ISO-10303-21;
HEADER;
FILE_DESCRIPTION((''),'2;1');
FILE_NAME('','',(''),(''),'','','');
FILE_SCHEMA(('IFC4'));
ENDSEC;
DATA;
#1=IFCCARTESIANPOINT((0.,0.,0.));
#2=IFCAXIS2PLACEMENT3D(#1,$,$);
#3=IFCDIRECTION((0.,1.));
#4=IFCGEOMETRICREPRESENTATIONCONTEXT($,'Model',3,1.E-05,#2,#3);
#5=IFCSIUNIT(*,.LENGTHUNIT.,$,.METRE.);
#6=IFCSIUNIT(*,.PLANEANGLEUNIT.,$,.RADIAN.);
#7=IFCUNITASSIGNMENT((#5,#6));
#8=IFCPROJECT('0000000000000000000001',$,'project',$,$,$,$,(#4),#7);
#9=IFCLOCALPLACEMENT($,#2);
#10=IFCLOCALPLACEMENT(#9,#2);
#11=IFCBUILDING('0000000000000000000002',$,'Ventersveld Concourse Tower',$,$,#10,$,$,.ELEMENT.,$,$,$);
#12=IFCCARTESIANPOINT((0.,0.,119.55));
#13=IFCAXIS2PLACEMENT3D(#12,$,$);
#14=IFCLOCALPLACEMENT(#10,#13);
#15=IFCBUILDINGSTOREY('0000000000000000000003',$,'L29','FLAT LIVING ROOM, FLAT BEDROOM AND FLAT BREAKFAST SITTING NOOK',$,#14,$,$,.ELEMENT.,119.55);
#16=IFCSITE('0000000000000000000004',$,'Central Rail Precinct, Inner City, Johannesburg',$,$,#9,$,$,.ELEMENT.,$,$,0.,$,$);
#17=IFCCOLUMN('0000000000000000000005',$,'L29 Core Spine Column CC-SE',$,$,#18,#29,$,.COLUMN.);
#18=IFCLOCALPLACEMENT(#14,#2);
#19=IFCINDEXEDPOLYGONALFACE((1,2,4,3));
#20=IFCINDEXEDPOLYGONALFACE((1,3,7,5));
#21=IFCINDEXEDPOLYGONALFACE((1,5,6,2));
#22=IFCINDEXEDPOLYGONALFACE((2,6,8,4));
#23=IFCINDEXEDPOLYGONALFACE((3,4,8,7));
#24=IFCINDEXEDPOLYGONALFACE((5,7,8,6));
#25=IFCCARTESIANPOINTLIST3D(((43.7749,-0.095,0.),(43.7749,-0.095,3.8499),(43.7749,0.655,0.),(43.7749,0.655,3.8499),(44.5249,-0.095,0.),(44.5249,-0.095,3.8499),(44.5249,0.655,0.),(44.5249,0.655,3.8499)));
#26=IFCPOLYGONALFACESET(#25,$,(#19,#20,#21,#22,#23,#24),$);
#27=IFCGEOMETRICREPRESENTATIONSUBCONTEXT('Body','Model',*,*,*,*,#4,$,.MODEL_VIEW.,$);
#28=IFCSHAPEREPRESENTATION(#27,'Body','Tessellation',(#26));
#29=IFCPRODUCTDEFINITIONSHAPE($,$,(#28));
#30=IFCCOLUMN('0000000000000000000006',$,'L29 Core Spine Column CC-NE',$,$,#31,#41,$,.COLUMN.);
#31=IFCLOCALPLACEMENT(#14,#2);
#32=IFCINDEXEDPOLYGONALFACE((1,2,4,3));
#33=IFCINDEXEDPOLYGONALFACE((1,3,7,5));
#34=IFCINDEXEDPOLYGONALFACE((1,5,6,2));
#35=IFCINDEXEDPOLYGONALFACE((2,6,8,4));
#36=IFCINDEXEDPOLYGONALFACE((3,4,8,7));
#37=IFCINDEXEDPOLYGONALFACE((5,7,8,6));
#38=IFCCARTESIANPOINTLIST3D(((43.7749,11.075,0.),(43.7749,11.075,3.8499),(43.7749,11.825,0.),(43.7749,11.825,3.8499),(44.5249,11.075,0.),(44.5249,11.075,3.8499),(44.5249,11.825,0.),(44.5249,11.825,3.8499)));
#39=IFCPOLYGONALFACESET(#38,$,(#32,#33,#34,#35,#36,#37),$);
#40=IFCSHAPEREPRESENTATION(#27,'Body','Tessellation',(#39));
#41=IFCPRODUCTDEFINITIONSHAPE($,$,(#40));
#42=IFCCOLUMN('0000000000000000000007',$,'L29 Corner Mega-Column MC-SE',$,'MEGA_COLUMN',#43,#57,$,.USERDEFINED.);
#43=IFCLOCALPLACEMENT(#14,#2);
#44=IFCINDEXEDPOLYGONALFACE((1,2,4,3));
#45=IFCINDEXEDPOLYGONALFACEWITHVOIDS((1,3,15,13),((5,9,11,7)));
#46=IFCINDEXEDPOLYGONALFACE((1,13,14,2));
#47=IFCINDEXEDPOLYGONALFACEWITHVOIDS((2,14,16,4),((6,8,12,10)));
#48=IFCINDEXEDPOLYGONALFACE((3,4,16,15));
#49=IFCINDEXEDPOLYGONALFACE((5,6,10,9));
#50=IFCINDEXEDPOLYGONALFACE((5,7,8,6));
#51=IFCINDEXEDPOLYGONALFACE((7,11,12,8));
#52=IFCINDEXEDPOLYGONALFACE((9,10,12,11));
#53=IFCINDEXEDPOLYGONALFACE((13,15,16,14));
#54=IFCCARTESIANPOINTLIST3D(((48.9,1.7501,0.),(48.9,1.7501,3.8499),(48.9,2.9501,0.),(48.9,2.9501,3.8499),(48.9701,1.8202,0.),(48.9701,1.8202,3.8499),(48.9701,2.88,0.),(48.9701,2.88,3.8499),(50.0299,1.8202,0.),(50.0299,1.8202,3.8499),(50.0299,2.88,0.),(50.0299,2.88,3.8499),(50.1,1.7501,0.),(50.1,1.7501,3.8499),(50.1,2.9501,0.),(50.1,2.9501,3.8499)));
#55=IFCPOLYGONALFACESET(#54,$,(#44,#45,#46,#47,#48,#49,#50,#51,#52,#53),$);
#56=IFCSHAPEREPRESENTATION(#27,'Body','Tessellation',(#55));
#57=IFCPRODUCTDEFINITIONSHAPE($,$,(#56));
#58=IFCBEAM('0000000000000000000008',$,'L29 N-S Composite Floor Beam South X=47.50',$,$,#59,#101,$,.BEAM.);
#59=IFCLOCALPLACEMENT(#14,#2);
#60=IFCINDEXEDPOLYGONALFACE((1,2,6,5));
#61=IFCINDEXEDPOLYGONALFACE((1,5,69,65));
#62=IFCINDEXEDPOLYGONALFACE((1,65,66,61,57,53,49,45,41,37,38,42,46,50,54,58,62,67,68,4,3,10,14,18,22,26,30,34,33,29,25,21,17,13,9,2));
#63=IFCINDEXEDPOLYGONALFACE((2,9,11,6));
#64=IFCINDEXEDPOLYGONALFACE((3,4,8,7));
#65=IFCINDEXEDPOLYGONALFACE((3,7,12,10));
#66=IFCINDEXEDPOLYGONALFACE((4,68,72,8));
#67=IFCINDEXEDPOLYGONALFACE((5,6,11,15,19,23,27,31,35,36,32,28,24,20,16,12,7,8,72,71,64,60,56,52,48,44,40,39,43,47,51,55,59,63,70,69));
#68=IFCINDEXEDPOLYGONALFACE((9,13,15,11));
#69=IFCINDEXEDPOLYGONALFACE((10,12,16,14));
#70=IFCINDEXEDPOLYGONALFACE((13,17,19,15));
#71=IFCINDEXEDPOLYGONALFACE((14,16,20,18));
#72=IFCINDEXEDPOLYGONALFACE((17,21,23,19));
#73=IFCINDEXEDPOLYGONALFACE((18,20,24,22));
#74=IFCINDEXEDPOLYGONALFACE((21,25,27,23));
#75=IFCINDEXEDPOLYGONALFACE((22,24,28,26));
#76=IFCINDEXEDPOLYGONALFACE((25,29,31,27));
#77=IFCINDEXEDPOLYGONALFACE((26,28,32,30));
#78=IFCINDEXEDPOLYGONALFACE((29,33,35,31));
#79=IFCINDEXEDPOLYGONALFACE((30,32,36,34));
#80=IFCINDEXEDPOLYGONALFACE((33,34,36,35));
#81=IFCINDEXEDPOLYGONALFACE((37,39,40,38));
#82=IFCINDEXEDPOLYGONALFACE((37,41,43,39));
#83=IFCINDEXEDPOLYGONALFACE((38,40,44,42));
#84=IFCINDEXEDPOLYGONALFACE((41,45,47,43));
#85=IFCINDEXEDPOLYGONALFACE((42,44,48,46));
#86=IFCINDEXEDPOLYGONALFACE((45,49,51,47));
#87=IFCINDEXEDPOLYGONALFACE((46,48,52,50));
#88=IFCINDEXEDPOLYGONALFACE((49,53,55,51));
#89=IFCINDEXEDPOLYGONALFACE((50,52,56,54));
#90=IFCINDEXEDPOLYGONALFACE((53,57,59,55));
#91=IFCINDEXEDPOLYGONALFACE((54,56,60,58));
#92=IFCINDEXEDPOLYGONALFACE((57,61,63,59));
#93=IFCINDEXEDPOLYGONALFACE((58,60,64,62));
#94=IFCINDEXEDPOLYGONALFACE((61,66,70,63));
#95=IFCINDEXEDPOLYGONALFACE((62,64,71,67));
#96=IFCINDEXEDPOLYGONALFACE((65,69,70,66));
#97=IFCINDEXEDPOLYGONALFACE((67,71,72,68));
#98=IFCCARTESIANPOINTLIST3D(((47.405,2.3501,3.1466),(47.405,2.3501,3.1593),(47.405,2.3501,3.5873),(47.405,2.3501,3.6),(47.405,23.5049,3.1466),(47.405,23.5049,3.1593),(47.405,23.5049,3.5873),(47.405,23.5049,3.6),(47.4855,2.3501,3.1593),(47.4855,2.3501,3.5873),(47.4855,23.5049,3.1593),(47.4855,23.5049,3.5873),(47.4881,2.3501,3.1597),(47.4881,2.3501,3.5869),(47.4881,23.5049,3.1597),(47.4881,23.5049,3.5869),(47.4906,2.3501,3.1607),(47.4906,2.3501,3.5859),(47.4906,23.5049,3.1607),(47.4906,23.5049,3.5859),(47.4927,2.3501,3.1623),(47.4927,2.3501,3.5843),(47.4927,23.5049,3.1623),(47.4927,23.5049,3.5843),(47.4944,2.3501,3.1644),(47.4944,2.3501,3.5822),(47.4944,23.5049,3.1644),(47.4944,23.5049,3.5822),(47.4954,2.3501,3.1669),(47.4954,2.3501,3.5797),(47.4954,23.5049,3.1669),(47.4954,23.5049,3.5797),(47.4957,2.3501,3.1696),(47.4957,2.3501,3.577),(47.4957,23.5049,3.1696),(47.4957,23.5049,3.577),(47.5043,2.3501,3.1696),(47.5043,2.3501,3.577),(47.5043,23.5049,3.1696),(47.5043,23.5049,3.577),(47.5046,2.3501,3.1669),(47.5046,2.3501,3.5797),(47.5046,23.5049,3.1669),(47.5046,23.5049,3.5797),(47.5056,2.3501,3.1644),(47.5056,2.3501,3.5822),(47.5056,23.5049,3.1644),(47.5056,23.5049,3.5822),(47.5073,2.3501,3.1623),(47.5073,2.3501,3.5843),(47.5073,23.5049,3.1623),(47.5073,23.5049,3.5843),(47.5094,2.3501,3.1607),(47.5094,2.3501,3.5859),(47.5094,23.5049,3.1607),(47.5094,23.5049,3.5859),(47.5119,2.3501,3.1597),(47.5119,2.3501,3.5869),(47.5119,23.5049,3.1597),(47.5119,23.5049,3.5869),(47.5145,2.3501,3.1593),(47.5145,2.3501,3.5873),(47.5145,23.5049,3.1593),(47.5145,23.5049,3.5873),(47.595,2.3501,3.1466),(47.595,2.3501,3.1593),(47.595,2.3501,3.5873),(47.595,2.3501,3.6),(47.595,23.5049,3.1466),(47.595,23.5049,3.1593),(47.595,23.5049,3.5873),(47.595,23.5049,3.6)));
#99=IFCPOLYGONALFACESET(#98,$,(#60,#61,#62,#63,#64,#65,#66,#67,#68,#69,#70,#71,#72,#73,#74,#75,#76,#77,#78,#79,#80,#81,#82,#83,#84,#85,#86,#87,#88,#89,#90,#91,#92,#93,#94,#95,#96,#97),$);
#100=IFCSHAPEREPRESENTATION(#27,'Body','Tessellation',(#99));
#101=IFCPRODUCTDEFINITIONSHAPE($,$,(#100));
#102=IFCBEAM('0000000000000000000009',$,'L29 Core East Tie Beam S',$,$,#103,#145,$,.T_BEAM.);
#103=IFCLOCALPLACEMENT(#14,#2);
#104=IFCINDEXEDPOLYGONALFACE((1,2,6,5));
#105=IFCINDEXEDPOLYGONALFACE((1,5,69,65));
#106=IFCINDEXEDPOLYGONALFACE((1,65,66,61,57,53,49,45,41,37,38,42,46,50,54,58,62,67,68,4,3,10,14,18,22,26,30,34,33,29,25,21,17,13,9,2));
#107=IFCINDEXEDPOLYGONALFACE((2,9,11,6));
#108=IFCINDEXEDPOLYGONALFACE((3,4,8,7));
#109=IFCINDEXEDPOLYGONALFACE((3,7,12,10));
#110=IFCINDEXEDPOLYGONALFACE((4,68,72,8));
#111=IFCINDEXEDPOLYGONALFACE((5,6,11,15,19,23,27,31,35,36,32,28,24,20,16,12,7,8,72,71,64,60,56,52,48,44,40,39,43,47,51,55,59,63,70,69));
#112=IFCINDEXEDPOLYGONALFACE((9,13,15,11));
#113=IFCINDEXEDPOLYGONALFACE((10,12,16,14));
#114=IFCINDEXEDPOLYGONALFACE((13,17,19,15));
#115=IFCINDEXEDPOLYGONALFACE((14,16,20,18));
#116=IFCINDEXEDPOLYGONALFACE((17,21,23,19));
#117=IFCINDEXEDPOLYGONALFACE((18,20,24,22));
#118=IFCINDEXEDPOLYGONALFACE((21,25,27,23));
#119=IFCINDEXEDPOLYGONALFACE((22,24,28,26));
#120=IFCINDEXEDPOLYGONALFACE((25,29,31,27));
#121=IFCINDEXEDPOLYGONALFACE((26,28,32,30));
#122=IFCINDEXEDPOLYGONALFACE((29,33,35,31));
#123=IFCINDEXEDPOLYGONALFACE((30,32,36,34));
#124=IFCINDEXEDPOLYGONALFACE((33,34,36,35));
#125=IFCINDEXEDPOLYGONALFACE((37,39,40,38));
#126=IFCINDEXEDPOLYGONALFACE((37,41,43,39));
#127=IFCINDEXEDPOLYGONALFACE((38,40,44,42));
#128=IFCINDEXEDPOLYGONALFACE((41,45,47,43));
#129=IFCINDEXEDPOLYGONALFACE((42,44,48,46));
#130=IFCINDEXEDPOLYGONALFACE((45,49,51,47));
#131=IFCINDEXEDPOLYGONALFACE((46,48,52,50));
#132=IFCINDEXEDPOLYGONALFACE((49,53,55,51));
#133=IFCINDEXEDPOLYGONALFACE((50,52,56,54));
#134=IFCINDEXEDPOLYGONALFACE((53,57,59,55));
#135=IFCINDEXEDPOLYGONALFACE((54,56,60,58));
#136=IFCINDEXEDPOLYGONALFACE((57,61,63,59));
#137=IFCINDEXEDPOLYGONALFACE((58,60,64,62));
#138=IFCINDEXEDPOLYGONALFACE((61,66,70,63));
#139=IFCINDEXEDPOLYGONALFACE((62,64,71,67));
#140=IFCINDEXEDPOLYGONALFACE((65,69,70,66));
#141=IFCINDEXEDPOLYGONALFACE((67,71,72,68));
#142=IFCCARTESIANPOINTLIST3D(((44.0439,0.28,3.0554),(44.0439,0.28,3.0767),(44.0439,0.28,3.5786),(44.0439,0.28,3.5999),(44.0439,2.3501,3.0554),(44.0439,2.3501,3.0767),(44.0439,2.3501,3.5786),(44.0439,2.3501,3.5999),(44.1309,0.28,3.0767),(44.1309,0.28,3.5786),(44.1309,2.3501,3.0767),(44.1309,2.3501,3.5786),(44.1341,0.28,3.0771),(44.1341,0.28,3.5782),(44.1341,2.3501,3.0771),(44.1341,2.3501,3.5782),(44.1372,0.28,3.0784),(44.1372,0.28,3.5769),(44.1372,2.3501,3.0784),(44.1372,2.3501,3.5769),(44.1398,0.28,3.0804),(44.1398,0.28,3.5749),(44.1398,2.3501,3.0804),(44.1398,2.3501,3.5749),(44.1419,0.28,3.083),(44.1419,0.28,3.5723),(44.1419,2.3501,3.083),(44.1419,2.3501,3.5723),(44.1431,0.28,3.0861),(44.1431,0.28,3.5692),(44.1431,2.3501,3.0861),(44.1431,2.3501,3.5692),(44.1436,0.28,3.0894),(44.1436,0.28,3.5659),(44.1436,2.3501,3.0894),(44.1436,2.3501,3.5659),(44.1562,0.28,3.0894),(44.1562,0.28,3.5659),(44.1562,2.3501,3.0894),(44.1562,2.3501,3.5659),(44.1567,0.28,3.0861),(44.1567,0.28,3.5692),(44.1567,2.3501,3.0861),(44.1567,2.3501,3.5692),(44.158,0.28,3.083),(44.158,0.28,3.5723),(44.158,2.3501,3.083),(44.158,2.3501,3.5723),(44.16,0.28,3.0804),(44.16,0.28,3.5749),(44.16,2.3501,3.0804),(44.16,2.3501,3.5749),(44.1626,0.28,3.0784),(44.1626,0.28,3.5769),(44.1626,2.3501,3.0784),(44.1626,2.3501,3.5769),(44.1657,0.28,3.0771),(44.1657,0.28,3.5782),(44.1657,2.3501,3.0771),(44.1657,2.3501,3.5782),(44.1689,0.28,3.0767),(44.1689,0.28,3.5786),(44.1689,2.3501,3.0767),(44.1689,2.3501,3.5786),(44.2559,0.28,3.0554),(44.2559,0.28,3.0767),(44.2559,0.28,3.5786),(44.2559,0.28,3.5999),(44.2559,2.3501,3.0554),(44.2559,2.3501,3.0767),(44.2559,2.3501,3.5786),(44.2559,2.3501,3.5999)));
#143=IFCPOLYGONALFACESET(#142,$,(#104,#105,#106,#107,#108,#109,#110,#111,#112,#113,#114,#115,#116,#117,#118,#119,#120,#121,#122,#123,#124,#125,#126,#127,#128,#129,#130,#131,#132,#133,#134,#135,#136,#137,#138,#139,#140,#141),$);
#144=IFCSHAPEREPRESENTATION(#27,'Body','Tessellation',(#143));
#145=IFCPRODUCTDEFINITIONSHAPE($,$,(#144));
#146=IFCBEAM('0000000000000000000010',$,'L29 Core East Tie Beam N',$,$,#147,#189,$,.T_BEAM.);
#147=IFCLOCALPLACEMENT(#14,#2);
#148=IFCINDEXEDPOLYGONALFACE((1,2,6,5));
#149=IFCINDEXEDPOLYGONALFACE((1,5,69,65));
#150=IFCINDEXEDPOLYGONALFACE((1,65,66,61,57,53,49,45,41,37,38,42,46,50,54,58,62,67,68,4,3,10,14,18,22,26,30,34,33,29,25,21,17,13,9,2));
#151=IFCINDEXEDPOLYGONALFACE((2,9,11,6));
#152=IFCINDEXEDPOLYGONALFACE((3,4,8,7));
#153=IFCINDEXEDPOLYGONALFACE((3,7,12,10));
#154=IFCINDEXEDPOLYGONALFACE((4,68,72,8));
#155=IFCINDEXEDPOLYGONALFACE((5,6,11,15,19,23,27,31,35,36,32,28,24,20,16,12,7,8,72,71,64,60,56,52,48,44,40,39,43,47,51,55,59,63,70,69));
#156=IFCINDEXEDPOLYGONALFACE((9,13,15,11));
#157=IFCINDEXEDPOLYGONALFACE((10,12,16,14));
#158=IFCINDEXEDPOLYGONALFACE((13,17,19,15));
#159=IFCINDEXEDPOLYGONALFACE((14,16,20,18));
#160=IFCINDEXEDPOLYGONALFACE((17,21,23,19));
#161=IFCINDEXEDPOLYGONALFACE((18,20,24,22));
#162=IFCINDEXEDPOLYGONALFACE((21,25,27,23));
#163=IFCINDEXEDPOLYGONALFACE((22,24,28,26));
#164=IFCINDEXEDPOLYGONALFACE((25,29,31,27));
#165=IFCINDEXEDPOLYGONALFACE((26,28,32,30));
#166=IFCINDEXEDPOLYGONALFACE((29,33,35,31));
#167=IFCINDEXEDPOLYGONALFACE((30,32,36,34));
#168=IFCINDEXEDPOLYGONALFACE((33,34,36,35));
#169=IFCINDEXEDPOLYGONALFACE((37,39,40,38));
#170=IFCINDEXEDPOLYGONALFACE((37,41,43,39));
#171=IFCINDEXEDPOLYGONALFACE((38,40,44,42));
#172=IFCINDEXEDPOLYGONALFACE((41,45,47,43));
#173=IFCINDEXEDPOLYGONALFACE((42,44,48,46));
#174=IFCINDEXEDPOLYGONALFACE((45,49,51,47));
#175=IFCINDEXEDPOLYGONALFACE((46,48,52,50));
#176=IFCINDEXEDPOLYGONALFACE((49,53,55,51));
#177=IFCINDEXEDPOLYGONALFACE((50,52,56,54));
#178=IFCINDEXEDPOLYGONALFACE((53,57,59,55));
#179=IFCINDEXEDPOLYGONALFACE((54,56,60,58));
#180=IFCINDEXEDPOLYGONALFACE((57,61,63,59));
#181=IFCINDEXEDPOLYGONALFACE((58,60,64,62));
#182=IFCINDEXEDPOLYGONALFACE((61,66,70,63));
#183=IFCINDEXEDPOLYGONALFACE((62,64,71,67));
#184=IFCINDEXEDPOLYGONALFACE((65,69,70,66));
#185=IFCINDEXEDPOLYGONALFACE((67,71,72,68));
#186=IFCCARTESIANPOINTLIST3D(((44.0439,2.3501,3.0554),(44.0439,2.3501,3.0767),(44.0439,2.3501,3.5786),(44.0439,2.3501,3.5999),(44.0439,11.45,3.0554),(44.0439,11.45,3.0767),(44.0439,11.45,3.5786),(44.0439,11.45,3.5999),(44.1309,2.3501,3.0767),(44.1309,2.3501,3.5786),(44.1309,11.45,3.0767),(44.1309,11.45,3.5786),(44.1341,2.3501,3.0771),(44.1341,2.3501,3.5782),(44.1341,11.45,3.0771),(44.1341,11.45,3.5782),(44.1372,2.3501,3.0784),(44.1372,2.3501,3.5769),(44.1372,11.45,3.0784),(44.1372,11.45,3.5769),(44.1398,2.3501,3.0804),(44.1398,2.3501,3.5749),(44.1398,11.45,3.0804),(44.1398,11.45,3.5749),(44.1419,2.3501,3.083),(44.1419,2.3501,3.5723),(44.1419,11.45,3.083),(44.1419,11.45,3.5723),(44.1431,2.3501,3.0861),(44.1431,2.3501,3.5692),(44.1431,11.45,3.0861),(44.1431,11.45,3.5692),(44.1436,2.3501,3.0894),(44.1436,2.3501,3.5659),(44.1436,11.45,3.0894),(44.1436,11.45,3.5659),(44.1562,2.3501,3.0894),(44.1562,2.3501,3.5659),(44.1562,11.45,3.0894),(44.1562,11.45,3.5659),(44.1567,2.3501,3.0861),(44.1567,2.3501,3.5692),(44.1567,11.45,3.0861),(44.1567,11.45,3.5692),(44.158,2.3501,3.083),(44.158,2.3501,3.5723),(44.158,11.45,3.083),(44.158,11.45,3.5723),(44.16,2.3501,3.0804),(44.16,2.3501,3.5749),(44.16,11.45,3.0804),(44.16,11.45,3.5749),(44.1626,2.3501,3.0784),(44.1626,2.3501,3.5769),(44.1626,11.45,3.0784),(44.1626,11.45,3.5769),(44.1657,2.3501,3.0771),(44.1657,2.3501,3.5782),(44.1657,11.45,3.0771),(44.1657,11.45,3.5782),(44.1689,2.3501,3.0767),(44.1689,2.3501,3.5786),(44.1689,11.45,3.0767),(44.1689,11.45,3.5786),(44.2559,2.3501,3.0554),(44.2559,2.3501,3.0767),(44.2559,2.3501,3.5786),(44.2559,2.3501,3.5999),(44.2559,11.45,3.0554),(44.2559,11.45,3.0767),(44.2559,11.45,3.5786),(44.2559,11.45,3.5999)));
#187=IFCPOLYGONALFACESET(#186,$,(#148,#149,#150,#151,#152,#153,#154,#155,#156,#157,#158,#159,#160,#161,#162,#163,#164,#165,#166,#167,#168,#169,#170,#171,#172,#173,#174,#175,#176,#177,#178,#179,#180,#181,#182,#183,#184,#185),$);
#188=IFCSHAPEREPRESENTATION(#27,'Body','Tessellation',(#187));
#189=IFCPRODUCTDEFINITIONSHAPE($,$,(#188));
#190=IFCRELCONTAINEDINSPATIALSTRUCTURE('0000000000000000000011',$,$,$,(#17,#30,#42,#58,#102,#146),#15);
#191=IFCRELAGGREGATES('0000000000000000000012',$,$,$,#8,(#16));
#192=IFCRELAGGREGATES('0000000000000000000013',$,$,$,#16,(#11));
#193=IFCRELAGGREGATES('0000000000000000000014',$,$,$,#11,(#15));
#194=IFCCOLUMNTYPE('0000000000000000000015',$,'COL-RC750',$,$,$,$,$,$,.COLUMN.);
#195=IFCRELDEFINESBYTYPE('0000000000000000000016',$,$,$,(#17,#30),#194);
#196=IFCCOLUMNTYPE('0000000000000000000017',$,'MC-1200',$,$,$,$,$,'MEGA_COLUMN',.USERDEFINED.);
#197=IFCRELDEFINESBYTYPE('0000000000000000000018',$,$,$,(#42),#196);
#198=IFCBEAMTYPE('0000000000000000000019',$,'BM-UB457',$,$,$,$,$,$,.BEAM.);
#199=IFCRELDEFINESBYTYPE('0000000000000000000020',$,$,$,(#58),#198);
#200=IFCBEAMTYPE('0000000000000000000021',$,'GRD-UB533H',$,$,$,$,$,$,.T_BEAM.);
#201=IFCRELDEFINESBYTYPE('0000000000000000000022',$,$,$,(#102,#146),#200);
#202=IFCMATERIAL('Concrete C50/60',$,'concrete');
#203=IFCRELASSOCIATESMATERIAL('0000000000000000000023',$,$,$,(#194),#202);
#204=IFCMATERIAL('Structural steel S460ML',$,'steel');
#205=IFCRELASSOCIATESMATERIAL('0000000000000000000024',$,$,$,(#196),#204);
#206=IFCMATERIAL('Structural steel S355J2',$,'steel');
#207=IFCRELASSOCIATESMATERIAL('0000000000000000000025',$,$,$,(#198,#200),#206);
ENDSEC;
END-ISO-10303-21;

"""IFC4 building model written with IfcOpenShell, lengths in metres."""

from ifc_helpers import new_model, si_unit, direction, frame, origin, origin_2d, place, context, subcontext, project, spatial, rectangle, hollow_rectangle, i_section, extrude, material, material_profile, profile_set, type_object, element, save


model = new_model("IFC4")

# Units and contexts
model_context = context("Model", 3, precision=1e-05, world=origin(), true_north=direction((0.0, 1.0)))
body_context = subcontext(model_context, "Body", "Model", "MODEL_VIEW")
ifc_project = project(units=[si_unit("LENGTHUNIT", "METRE"), si_unit("PLANEANGLEUNIT", "RADIAN")], contexts=[model_context])

# Site, building, storey
site_placement = place(None, origin())
site = spatial("IfcSite", under=ifc_project, at=site_placement, Name="Central Rail Precinct, Inner City, Johannesburg", CompositionType="ELEMENT", RefElevation=0.0)
building_placement = place(site_placement, origin())
building = spatial("IfcBuilding", under=site, at=building_placement, Name="Ventersveld Concourse Tower", CompositionType="ELEMENT")
storey_placement = place(building_placement, frame((0.0, 0.0, 119.55)))
storey = spatial("IfcBuildingStorey", under=building, at=storey_placement, Name="L29", Description="FLAT LIVING ROOM, FLAT BEDROOM AND FLAT BREAKFAST SITTING NOOK", CompositionType="ELEMENT", Elevation=119.55)

# Columns
ifc_material_1 = material(Name="Concrete C50/60", Category="concrete")
ifc_material_profile_1 = material_profile(ifc_material_1, rectangle(XDim=0.75, YDim=0.75, at=origin_2d()), Name="RC 750x750")
ifc_profile_set_1 = profile_set([ifc_material_profile_1], Name="Concrete C50/60")
column_type_1 = type_object("IfcColumnType", Name="COL-RC750", PredefinedType="COLUMN", material=ifc_profile_set_1)
for number, where, z_axis, x_axis, name in (
    (1, (44.1499, 0.28, 0.0), (0.0, 0.0, 1.0), (1.0, 0.0, 0.0), "L29 Core Spine Column CC-SE"),
    (2, (44.1499, 11.45, 0.0), (0.0, 0.0, 1.0), (1.0, 0.0, 0.0), "L29 Core Spine Column CC-NE"),
):
    element("IfcColumn", number, at=place(storey_placement, frame(where, z_axis=z_axis, x_axis=x_axis)), inside=storey, type_object=column_type_1, Name=name, PredefinedType="COLUMN", context=body_context, shape_type="SweptSolid", body=[
        extrude(rectangle(XDim=0.75, YDim=0.75, at=origin_2d()), origin(), (0.0, 0.0, 1.0), 3.8499),
    ])
ifc_material_2 = material(Name="Structural steel S460ML", Category="steel")
ifc_material_profile_2 = material_profile(ifc_material_2, hollow_rectangle(XDim=1.2, YDim=1.2, WallThickness=0.0701, at=origin_2d()), Name="BOX 1200x1200x70")
ifc_profile_set_2 = profile_set([ifc_material_profile_2], Name="Structural steel S460ML")
column_type_2 = type_object("IfcColumnType", Name="MC-1200", ElementType="MEGA_COLUMN", PredefinedType="USERDEFINED", material=ifc_profile_set_2)
column_placement = place(storey_placement, frame((49.5, 2.3501, 0.0), z_axis=(0.0, 0.0, 1.0), x_axis=(1.0, 0.0, 0.0)))
element("IfcColumn", 3, at=column_placement, inside=storey, type_object=column_type_2, Name="L29 Corner Mega-Column MC-SE", ObjectType="MEGA_COLUMN", PredefinedType="USERDEFINED", context=body_context, shape_type="SweptSolid", body=[
    extrude(hollow_rectangle(XDim=1.2, YDim=1.2, WallThickness=0.0701, at=origin_2d()), origin(), (0.0, 0.0, 1.0), 3.8499),
])

# Beams
ifc_material_3 = material(Name="Structural steel S355J2", Category="steel")
ifc_material_profile_3 = material_profile(ifc_material_3, i_section(OverallWidth=0.1899, OverallDepth=0.4534, WebThickness=0.0085, FlangeThickness=0.0127, FilletRadius=0.0103, at=origin_2d()), Name="UB 457x191x67")
ifc_profile_set_3 = profile_set([ifc_material_profile_3], Name="Structural steel S355J2")
beam_type_1 = type_object("IfcBeamType", Name="BM-UB457", PredefinedType="BEAM", material=ifc_profile_set_3)
beam_1_placement = place(storey_placement, frame((47.5, 2.3501, 3.3733), z_axis=(0.0, 1.0, 0.0), x_axis=(-1.0, 0.0, 0.0)))
element("IfcBeam", 4, at=beam_1_placement, inside=storey, type_object=beam_type_1, Name="L29 N-S Composite Floor Beam South X=47.50", PredefinedType="BEAM", context=body_context, shape_type="SweptSolid", body=[
    extrude(i_section(OverallWidth=0.1899, OverallDepth=0.4534, WebThickness=0.0085, FlangeThickness=0.0127, FilletRadius=0.0103, at=origin_2d()), origin(), (0.0, 0.0, 1.0), 21.1548),
])
ifc_material_profile_4 = material_profile(ifc_material_3, i_section(OverallWidth=0.2119, OverallDepth=0.5444, WebThickness=0.0127, FlangeThickness=0.0212, FilletRadius=0.0127, at=origin_2d()), Name="UB 533x210x122")
ifc_profile_set_4 = profile_set([ifc_material_profile_4], Name="Structural steel S355J2")
beam_type_2 = type_object("IfcBeamType", Name="GRD-UB533H", PredefinedType="T_BEAM", material=ifc_profile_set_4)
beam_2_placement = place(storey_placement, frame((44.1499, 0.28, 3.3276), z_axis=(0.0, 1.0, 0.0), x_axis=(-1.0, 0.0, 0.0)))
element("IfcBeam", 5, at=beam_2_placement, inside=storey, type_object=beam_type_2, Name="L29 Core East Tie Beam S", PredefinedType="T_BEAM", context=body_context, shape_type="SweptSolid", body=[
    extrude(i_section(OverallWidth=0.2119, OverallDepth=0.5444, WebThickness=0.0127, FlangeThickness=0.0212, FilletRadius=0.0127, at=origin_2d()), origin(), (0.0, 0.0, 1.0), 2.0701),
])
beam_3_placement = place(storey_placement, frame((44.1499, 2.3501, 3.3276), z_axis=(0.0, 1.0, 0.0), x_axis=(-1.0, 0.0, 0.0)))
element("IfcBeam", 6, at=beam_3_placement, inside=storey, type_object=beam_type_2, Name="L29 Core East Tie Beam N", PredefinedType="T_BEAM", context=body_context, shape_type="SweptSolid", body=[
    extrude(i_section(OverallWidth=0.2119, OverallDepth=0.5444, WebThickness=0.0127, FlangeThickness=0.0212, FilletRadius=0.0127, at=origin_2d()), origin(), (0.0, 0.0, 1.0), 9.0999),
])

save(model, "model.ifc")
